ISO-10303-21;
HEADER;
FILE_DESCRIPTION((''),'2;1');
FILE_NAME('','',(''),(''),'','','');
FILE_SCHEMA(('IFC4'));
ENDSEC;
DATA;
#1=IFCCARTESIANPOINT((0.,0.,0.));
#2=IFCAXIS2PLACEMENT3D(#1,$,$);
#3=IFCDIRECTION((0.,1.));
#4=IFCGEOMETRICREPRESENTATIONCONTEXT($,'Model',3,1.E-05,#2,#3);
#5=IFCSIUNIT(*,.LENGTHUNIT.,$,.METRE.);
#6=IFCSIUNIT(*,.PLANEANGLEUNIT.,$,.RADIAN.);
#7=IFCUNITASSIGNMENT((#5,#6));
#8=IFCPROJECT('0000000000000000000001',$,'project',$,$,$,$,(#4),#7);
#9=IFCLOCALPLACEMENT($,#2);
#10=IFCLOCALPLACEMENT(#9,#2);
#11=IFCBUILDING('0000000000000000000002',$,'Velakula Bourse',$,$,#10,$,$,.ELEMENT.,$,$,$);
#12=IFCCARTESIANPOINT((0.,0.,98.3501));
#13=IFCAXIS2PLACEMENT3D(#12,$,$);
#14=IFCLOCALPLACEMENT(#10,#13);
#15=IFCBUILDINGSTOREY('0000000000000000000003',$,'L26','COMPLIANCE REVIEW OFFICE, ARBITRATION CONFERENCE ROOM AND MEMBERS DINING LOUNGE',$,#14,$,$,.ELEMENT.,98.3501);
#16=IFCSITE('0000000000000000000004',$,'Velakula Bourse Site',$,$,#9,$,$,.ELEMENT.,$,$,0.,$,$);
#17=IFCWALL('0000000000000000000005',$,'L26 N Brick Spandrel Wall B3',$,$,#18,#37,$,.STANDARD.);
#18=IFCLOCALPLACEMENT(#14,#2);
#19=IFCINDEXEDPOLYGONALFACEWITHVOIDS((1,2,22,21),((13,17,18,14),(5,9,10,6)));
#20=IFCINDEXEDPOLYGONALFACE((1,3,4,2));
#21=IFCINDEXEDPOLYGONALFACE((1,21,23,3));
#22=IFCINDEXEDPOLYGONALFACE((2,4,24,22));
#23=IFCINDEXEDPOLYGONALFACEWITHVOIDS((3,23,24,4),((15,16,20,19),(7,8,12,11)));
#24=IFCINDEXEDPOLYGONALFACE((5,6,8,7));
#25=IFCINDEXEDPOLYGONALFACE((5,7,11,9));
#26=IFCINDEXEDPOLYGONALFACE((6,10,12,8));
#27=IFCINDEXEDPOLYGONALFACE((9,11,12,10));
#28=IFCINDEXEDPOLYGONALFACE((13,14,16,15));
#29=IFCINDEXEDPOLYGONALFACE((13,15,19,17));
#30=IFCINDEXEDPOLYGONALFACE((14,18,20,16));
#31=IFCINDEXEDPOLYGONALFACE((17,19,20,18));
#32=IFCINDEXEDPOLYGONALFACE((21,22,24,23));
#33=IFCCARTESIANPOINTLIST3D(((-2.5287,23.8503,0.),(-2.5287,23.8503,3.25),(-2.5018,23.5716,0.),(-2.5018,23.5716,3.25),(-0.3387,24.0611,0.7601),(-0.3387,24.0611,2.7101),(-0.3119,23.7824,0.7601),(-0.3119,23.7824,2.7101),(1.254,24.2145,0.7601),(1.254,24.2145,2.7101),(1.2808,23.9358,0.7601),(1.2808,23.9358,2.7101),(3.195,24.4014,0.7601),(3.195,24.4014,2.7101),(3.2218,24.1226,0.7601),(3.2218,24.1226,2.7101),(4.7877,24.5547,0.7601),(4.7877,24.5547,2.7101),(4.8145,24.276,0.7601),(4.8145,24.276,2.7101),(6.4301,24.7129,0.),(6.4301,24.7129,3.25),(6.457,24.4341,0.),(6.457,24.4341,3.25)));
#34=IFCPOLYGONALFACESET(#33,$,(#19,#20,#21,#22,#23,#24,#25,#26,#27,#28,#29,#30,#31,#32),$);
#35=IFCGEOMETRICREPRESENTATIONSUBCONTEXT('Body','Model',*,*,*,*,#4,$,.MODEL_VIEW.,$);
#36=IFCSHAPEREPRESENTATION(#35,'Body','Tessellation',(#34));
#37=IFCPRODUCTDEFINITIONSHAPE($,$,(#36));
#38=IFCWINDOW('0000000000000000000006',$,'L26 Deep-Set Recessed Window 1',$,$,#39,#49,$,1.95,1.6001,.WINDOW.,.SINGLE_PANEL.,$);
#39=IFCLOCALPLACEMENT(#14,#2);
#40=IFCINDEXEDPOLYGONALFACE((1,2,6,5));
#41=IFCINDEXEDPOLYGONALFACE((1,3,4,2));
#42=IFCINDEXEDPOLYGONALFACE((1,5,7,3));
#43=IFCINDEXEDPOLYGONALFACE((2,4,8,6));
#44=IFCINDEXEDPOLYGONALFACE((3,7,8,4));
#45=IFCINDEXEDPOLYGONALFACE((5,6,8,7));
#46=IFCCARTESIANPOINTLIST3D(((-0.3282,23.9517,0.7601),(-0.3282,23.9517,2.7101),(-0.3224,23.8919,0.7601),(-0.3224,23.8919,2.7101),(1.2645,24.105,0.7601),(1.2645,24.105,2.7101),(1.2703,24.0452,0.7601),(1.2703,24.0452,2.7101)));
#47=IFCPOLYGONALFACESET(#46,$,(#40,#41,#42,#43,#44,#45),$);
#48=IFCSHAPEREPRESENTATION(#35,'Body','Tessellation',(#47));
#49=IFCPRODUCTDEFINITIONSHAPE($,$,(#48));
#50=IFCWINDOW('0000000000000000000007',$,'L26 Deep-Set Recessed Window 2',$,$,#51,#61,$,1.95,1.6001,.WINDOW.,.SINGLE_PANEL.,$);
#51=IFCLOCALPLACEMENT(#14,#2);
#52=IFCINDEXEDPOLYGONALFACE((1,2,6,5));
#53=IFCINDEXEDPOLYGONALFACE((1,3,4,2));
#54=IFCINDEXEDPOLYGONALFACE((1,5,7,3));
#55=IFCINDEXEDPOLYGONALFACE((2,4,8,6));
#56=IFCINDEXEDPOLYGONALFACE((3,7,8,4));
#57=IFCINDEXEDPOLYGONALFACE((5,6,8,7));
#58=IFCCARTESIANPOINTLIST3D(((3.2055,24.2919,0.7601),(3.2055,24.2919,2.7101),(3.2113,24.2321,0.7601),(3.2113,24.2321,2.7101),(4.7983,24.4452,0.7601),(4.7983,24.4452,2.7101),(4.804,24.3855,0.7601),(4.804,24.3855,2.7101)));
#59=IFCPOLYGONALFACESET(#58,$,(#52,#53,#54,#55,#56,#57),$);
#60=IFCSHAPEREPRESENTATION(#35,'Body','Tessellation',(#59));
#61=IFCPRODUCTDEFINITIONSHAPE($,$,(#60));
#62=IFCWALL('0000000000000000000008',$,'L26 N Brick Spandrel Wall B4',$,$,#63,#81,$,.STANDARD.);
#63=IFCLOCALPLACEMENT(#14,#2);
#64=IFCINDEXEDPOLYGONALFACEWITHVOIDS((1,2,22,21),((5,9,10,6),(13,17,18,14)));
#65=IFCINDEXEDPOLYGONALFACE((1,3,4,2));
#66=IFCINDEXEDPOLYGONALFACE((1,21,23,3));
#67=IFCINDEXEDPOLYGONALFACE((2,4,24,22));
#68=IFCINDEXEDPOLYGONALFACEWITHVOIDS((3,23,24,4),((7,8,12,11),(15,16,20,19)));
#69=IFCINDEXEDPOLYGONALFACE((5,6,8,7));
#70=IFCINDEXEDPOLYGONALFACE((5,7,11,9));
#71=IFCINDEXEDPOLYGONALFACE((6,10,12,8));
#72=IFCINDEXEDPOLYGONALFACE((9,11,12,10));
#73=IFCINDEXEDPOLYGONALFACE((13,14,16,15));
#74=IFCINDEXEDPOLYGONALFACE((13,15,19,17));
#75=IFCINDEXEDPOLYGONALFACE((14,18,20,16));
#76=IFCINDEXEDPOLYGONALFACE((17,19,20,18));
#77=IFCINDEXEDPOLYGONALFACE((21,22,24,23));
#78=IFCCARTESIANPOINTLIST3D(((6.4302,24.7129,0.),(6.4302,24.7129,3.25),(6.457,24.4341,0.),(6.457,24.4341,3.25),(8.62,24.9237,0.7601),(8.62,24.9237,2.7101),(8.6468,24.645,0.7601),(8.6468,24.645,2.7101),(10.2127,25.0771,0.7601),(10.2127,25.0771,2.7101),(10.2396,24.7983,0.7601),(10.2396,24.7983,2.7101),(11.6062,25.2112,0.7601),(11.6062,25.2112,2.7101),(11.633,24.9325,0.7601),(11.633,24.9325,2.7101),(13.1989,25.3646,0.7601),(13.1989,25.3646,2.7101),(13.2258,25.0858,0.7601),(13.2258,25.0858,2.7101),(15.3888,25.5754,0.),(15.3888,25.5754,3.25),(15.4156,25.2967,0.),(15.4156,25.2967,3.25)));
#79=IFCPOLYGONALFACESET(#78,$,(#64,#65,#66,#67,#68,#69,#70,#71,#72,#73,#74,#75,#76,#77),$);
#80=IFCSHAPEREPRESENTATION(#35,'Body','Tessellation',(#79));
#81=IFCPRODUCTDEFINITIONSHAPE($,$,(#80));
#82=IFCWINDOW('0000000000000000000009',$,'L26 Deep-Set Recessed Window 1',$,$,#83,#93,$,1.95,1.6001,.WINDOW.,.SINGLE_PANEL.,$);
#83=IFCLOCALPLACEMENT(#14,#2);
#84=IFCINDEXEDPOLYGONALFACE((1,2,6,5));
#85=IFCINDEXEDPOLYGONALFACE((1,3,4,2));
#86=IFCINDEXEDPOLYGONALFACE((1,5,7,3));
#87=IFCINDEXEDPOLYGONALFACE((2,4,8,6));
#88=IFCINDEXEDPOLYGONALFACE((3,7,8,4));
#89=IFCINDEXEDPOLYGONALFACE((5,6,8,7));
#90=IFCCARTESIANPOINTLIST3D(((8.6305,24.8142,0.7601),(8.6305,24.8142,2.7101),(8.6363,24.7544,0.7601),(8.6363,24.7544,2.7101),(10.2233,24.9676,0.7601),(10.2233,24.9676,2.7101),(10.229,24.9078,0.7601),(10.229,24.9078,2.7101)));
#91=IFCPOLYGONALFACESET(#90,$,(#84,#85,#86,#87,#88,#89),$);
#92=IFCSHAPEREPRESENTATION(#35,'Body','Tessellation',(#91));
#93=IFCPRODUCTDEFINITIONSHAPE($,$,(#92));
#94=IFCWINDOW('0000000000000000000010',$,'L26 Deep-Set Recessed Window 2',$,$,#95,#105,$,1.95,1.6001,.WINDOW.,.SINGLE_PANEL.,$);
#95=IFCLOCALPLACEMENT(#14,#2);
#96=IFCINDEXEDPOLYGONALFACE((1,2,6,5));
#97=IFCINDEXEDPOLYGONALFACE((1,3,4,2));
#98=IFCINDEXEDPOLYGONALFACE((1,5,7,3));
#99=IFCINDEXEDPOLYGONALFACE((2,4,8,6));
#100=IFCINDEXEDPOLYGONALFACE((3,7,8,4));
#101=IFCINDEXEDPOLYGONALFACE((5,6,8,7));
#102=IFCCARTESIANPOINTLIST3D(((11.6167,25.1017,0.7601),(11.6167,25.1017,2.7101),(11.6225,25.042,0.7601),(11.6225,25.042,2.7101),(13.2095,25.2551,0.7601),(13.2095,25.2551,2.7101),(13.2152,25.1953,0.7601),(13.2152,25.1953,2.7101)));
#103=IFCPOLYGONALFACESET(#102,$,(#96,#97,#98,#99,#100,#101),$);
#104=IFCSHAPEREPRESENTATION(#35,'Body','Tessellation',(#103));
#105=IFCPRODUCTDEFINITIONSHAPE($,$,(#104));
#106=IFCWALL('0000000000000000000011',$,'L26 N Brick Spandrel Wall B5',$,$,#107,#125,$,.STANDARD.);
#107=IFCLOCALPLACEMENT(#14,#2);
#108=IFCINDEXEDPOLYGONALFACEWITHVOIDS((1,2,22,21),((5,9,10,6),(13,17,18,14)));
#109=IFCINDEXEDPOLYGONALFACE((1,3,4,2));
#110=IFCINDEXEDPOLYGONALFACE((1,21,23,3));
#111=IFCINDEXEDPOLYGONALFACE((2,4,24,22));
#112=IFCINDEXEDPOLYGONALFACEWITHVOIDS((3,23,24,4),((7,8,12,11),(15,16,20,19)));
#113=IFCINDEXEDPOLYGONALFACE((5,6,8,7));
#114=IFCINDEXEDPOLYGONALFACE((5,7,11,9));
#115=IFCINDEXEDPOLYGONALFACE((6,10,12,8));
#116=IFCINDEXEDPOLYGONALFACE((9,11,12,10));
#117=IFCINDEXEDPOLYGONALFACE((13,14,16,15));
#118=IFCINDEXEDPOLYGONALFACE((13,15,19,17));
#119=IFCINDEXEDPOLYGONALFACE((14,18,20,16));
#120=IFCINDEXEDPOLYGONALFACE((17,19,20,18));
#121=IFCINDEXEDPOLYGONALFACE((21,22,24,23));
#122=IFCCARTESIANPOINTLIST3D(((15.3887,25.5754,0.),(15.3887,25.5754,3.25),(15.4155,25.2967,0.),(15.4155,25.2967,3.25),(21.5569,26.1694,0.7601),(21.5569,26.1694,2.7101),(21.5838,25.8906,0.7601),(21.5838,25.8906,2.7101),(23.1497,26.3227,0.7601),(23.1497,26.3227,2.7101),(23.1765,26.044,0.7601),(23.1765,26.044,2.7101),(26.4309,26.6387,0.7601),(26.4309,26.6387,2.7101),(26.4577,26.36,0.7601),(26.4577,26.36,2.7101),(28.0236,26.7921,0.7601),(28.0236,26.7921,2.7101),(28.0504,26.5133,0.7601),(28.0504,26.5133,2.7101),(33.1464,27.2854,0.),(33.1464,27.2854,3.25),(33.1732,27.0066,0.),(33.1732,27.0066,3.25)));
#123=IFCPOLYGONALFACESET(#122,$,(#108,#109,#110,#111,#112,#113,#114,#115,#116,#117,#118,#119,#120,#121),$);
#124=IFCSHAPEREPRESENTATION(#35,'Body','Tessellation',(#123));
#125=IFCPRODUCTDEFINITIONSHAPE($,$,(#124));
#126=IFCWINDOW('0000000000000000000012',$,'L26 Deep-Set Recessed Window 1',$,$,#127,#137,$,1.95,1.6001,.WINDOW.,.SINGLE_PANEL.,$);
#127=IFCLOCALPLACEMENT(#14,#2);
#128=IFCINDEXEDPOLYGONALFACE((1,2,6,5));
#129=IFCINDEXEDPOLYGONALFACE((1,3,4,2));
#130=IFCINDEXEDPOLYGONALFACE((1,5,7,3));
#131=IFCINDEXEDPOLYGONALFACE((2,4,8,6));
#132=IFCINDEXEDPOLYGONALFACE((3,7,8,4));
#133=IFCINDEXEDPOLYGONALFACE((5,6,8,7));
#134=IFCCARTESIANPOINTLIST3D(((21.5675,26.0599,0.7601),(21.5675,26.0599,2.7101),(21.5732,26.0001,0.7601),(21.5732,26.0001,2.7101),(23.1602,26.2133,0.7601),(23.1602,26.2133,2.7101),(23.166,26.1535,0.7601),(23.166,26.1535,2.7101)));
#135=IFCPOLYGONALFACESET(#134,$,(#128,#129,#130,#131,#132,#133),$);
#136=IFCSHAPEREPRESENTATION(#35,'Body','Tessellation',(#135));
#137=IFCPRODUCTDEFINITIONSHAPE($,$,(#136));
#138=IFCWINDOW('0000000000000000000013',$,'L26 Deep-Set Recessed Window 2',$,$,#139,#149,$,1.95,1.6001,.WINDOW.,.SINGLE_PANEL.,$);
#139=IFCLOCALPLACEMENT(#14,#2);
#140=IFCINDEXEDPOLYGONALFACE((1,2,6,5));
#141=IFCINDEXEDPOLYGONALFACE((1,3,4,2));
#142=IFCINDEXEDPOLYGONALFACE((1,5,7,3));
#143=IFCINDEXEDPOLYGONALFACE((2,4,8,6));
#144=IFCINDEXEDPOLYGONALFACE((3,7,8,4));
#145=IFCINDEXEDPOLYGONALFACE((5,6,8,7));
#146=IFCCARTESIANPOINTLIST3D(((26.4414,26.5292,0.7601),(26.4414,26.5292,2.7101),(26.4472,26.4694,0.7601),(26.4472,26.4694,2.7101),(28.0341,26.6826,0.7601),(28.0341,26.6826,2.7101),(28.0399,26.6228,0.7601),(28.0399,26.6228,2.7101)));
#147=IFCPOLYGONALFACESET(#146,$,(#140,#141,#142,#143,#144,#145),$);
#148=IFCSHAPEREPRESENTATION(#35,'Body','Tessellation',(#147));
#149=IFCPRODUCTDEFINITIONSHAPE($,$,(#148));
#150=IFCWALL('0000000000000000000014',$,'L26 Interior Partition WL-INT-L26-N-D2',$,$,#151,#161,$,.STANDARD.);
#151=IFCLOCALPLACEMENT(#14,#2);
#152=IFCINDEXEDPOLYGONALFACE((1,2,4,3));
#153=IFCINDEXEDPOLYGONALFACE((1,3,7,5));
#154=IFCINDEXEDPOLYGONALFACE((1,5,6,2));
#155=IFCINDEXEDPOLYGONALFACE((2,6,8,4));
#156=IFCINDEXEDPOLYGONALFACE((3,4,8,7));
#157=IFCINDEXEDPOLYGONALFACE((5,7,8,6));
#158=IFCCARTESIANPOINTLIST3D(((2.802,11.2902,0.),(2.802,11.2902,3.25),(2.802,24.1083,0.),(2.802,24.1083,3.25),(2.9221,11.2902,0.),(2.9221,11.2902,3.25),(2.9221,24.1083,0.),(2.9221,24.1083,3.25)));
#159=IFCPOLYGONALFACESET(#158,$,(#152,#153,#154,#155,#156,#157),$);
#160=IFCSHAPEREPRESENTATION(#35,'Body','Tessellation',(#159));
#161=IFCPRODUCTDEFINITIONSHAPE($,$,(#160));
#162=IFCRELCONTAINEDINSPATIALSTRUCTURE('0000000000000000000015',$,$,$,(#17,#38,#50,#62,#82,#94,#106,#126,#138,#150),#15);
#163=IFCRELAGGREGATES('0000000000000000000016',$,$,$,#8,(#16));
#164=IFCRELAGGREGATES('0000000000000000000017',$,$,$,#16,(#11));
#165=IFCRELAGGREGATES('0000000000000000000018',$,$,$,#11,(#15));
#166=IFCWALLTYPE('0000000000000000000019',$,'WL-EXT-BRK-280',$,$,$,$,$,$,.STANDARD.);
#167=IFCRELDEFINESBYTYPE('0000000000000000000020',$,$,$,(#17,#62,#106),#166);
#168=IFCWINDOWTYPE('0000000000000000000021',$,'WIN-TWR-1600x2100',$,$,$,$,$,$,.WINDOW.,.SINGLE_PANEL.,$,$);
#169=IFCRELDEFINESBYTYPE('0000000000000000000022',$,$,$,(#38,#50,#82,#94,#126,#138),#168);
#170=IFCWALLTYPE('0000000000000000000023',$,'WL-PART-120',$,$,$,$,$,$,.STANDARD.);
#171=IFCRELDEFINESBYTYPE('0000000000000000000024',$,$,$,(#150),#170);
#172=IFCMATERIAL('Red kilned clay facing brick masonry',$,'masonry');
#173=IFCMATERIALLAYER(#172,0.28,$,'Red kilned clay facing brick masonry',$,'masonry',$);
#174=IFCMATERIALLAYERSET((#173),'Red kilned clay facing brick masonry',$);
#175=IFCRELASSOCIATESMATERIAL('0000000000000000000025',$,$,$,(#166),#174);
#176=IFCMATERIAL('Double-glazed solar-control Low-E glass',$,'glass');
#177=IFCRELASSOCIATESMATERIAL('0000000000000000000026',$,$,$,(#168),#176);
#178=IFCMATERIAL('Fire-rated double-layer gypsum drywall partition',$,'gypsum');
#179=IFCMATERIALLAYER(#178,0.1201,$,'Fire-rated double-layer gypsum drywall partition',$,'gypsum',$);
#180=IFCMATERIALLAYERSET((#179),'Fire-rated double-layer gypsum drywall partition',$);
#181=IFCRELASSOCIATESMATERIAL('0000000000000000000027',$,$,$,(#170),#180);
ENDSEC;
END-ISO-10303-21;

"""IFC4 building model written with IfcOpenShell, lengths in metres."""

from ifc_helpers import new_model, si_unit, direction, frame, frame_2d, origin, place, context, subcontext, project, spatial, rectangle, extrude, material, layer, layer_set, type_object, element, fill, save


model = new_model("IFC4")

# Units and contexts
model_context = context("Model", 3, precision=1e-05, world=origin(), true_north=direction((0.0, 1.0)))
body_context = subcontext(model_context, "Body", "Model", "MODEL_VIEW")
ifc_project = project(units=[si_unit("LENGTHUNIT", "METRE"), si_unit("PLANEANGLEUNIT", "RADIAN")], contexts=[model_context])

# Site, building, storey
site_placement = place(None, origin())
site = spatial("IfcSite", under=ifc_project, at=site_placement, Name="Velakula Bourse Site", CompositionType="ELEMENT", RefElevation=0.0)
building_placement = place(site_placement, origin())
building = spatial("IfcBuilding", under=site, at=building_placement, Name="Velakula Bourse", CompositionType="ELEMENT")
storey_placement = place(building_placement, frame((0.0, 0.0, 98.3501)))
storey = spatial("IfcBuildingStorey", under=building, at=storey_placement, Name="L26", Description="COMPLIANCE REVIEW OFFICE, ARBITRATION CONFERENCE ROOM AND MEMBERS DINING LOUNGE", CompositionType="ELEMENT", Elevation=98.3501)

# Walls, openings, windows
ifc_material_1 = material(Name="Red kilned clay facing brick masonry", Category="masonry")
ifc_layer_1 = layer(ifc_material_1, 0.28, Name="Red kilned clay facing brick masonry", Category="masonry")
ifc_layer_set_1 = layer_set([ifc_layer_1], Name="Red kilned clay facing brick masonry")
wall_type_1 = type_object("IfcWallType", Name="WL-EXT-BRK-280", PredefinedType="STANDARD", material=ifc_layer_set_1)
wall_1_placement = place(storey_placement, frame((-2.5151, 23.7109, 0.0), z_axis=(0.0, 0.0, 1.0), x_axis=(0.995397, 0.095837, 0.0)))
wall_1 = element("IfcWall", 1, at=wall_1_placement, inside=storey, type_object=wall_type_1, Name="L26 N Brick Spandrel Wall B3", PredefinedType="STANDARD", context=body_context, shape_type="SweptSolid", body=[
    extrude(rectangle(XDim=9.0002, YDim=0.28, at=frame_2d((4.5, 0.0))), origin(), (0.0, 0.0, 1.0), 3.25),
])
opening_1_placement = place(wall_1_placement, frame((2.2, 0.0, 0.76)))
opening_1 = element("IfcOpeningElement", 2, at=opening_1_placement, cuts=wall_1, PredefinedType="OPENING", context=body_context, shape_type="SweptSolid", body=[
    extrude(rectangle(XDim=1.6001, YDim=1.95, at=frame_2d((0.8, 0.9751))), frame((0.0, 0.1499, 0.0), z_axis=(0.0, -1.0, 0.0), x_axis=(1.0, 0.0, 0.0)), (0.0, 0.0, 1.0), 0.3),
])
opening_2_placement = place(wall_1_placement, frame((5.75, 0.0, 0.76)))
opening_2 = element("IfcOpeningElement", 3, at=opening_2_placement, cuts=wall_1, PredefinedType="OPENING", context=body_context, shape_type="SweptSolid", body=[
    extrude(rectangle(XDim=1.6001, YDim=1.95, at=frame_2d((0.8, 0.9751))), frame((0.0, 0.1499, 0.0), z_axis=(0.0, -1.0, 0.0), x_axis=(1.0, 0.0, 0.0)), (0.0, 0.0, 1.0), 0.3),
])
ifc_material_2 = material(Name="Double-glazed solar-control Low-E glass", Category="glass")
window_type = type_object("IfcWindowType", Name="WIN-TWR-1600x2100", PartitioningType="SINGLE_PANEL", PredefinedType="WINDOW", material=ifc_material_2)
window_1_placement = place(opening_1_placement, origin())
window_1 = element("IfcWindow", 4, at=window_1_placement, inside=storey, type_object=window_type, Name="L26 Deep-Set Recessed Window 1", OverallHeight=1.95, OverallWidth=1.6001, PartitioningType="SINGLE_PANEL", PredefinedType="WINDOW", context=body_context, shape_type="SweptSolid", body=[
    extrude(rectangle(XDim=1.6001, YDim=1.95, at=frame_2d((0.8, 0.9751))), frame((0.0, 0.03, 0.0), z_axis=(0.0, -1.0, 0.0), x_axis=(1.0, 0.0, 0.0)), (0.0, 0.0, 1.0), 0.0601),
])
fill(opening_1, window_1)
window_2_placement = place(opening_2_placement, origin())
window_2 = element("IfcWindow", 5, at=window_2_placement, inside=storey, type_object=window_type, Name="L26 Deep-Set Recessed Window 2", OverallHeight=1.95, OverallWidth=1.6001, PartitioningType="SINGLE_PANEL", PredefinedType="WINDOW", context=body_context, shape_type="SweptSolid", body=[
    extrude(rectangle(XDim=1.6001, YDim=1.95, at=frame_2d((0.8, 0.9751))), frame((0.0, 0.03, 0.0), z_axis=(0.0, -1.0, 0.0), x_axis=(1.0, 0.0, 0.0)), (0.0, 0.0, 1.0), 0.0601),
])
fill(opening_2, window_2)
wall_2_placement = place(storey_placement, frame((6.4436, 24.5735, 0.0), z_axis=(0.0, 0.0, 1.0), x_axis=(0.995397, 0.09584, 0.0)))
wall_2 = element("IfcWall", 6, at=wall_2_placement, inside=storey, type_object=wall_type_1, Name="L26 N Brick Spandrel Wall B4", PredefinedType="STANDARD", context=body_context, shape_type="SweptSolid", body=[
    extrude(rectangle(XDim=9.0, YDim=0.28, at=frame_2d((4.5, 0.0))), origin(), (0.0, 0.0, 1.0), 3.25),
])
opening_3_placement = place(wall_2_placement, frame((2.2, 0.0, 0.76)))
opening_3 = element("IfcOpeningElement", 7, at=opening_3_placement, cuts=wall_2, PredefinedType="OPENING", context=body_context, shape_type="SweptSolid", body=[
    extrude(rectangle(XDim=1.6001, YDim=1.95, at=frame_2d((0.8, 0.9751))), frame((0.0, 0.1499, 0.0), z_axis=(0.0, -1.0, 0.0), x_axis=(1.0, 0.0, 0.0)), (0.0, 0.0, 1.0), 0.3),
])
opening_4_placement = place(wall_2_placement, frame((5.2, 0.0, 0.76)))
opening_4 = element("IfcOpeningElement", 8, at=opening_4_placement, cuts=wall_2, PredefinedType="OPENING", context=body_context, shape_type="SweptSolid", body=[
    extrude(rectangle(XDim=1.6001, YDim=1.95, at=frame_2d((0.8, 0.9751))), frame((0.0, 0.1499, 0.0), z_axis=(0.0, -1.0, 0.0), x_axis=(1.0, 0.0, 0.0)), (0.0, 0.0, 1.0), 0.3),
])
window_3_placement = place(opening_3_placement, origin())
window_3 = element("IfcWindow", 9, at=window_3_placement, inside=storey, type_object=window_type, Name="L26 Deep-Set Recessed Window 1", OverallHeight=1.95, OverallWidth=1.6001, PartitioningType="SINGLE_PANEL", PredefinedType="WINDOW", context=body_context, shape_type="SweptSolid", body=[
    extrude(rectangle(XDim=1.6001, YDim=1.95, at=frame_2d((0.8, 0.9751))), frame((0.0, 0.03, 0.0), z_axis=(0.0, -1.0, 0.0), x_axis=(1.0, 0.0, 0.0)), (0.0, 0.0, 1.0), 0.0601),
])
fill(opening_3, window_3)
window_4_placement = place(opening_4_placement, origin())
window_4 = element("IfcWindow", 10, at=window_4_placement, inside=storey, type_object=window_type, Name="L26 Deep-Set Recessed Window 2", OverallHeight=1.95, OverallWidth=1.6001, PartitioningType="SINGLE_PANEL", PredefinedType="WINDOW", context=body_context, shape_type="SweptSolid", body=[
    extrude(rectangle(XDim=1.6001, YDim=1.95, at=frame_2d((0.8, 0.9751))), frame((0.0, 0.03, 0.0), z_axis=(0.0, -1.0, 0.0), x_axis=(1.0, 0.0, 0.0)), (0.0, 0.0, 1.0), 0.0601),
])
fill(opening_4, window_4)
wall_3_placement = place(storey_placement, frame((15.4021, 25.436, 0.0), z_axis=(0.0, 0.0, 1.0), x_axis=(0.995396, 0.09585, 0.0)))
wall_3 = element("IfcWall", 11, at=wall_3_placement, inside=storey, type_object=wall_type_1, Name="L26 N Brick Spandrel Wall B5", PredefinedType="STANDARD", context=body_context, shape_type="SweptSolid", body=[
    extrude(rectangle(XDim=17.8398, YDim=0.28, at=frame_2d((8.9199, 0.0))), origin(), (0.0, 0.0, 1.0), 3.25),
])
opening_5_placement = place(wall_3_placement, frame((6.1968, 0.0, 0.76)))
opening_5 = element("IfcOpeningElement", 12, at=opening_5_placement, cuts=wall_3, PredefinedType="OPENING", context=body_context, shape_type="SweptSolid", body=[
    extrude(rectangle(XDim=1.6001, YDim=1.95, at=frame_2d((0.8, 0.9751))), frame((0.0, 0.1499, 0.0), z_axis=(0.0, -1.0, 0.0), x_axis=(1.0, 0.0, 0.0)), (0.0, 0.0, 1.0), 0.3),
])
opening_6_placement = place(wall_3_placement, frame((11.0933, 0.0, 0.76)))
opening_6 = element("IfcOpeningElement", 13, at=opening_6_placement, cuts=wall_3, PredefinedType="OPENING", context=body_context, shape_type="SweptSolid", body=[
    extrude(rectangle(XDim=1.6001, YDim=1.95, at=frame_2d((0.8, 0.9751))), frame((0.0, 0.1499, 0.0), z_axis=(0.0, -1.0, 0.0), x_axis=(1.0, 0.0, 0.0)), (0.0, 0.0, 1.0), 0.3),
])
window_5_placement = place(opening_5_placement, origin())
window_5 = element("IfcWindow", 14, at=window_5_placement, inside=storey, type_object=window_type, Name="L26 Deep-Set Recessed Window 1", OverallHeight=1.95, OverallWidth=1.6001, PartitioningType="SINGLE_PANEL", PredefinedType="WINDOW", context=body_context, shape_type="SweptSolid", body=[
    extrude(rectangle(XDim=1.6001, YDim=1.95, at=frame_2d((0.8, 0.9751))), frame((0.0, 0.03, 0.0), z_axis=(0.0, -1.0, 0.0), x_axis=(1.0, 0.0, 0.0)), (0.0, 0.0, 1.0), 0.0601),
])
fill(opening_5, window_5)
window_6_placement = place(opening_6_placement, origin())
window_6 = element("IfcWindow", 15, at=window_6_placement, inside=storey, type_object=window_type, Name="L26 Deep-Set Recessed Window 2", OverallHeight=1.95, OverallWidth=1.6001, PartitioningType="SINGLE_PANEL", PredefinedType="WINDOW", context=body_context, shape_type="SweptSolid", body=[
    extrude(rectangle(XDim=1.6001, YDim=1.95, at=frame_2d((0.8, 0.9751))), frame((0.0, 0.03, 0.0), z_axis=(0.0, -1.0, 0.0), x_axis=(1.0, 0.0, 0.0)), (0.0, 0.0, 1.0), 0.0601),
])
fill(opening_6, window_6)

# Wall
ifc_material_3 = material(Name="Fire-rated double-layer gypsum drywall partition", Category="gypsum")
ifc_layer_2 = layer(ifc_material_3, 0.1201, Name="Fire-rated double-layer gypsum drywall partition", Category="gypsum")
ifc_layer_set_2 = layer_set([ifc_layer_2], Name="Fire-rated double-layer gypsum drywall partition")
wall_type_2 = type_object("IfcWallType", Name="WL-PART-120", PredefinedType="STANDARD", material=ifc_layer_set_2)
wall_4_placement = place(storey_placement, frame((2.8621, 11.29, 0.0), z_axis=(0.0, 0.0, 1.0), x_axis=(0.0, 1.0, 0.0)))
element("IfcWall", 16, at=wall_4_placement, inside=storey, type_object=wall_type_2, Name="L26 Interior Partition WL-INT-L26-N-D2", PredefinedType="STANDARD", context=body_context, shape_type="SweptSolid", body=[
    extrude(rectangle(XDim=12.8181, YDim=0.1201, at=frame_2d((6.4092, 0.0))), origin(), (0.0, 0.0, 1.0), 3.25),
])

save(model, "model.ifc")
